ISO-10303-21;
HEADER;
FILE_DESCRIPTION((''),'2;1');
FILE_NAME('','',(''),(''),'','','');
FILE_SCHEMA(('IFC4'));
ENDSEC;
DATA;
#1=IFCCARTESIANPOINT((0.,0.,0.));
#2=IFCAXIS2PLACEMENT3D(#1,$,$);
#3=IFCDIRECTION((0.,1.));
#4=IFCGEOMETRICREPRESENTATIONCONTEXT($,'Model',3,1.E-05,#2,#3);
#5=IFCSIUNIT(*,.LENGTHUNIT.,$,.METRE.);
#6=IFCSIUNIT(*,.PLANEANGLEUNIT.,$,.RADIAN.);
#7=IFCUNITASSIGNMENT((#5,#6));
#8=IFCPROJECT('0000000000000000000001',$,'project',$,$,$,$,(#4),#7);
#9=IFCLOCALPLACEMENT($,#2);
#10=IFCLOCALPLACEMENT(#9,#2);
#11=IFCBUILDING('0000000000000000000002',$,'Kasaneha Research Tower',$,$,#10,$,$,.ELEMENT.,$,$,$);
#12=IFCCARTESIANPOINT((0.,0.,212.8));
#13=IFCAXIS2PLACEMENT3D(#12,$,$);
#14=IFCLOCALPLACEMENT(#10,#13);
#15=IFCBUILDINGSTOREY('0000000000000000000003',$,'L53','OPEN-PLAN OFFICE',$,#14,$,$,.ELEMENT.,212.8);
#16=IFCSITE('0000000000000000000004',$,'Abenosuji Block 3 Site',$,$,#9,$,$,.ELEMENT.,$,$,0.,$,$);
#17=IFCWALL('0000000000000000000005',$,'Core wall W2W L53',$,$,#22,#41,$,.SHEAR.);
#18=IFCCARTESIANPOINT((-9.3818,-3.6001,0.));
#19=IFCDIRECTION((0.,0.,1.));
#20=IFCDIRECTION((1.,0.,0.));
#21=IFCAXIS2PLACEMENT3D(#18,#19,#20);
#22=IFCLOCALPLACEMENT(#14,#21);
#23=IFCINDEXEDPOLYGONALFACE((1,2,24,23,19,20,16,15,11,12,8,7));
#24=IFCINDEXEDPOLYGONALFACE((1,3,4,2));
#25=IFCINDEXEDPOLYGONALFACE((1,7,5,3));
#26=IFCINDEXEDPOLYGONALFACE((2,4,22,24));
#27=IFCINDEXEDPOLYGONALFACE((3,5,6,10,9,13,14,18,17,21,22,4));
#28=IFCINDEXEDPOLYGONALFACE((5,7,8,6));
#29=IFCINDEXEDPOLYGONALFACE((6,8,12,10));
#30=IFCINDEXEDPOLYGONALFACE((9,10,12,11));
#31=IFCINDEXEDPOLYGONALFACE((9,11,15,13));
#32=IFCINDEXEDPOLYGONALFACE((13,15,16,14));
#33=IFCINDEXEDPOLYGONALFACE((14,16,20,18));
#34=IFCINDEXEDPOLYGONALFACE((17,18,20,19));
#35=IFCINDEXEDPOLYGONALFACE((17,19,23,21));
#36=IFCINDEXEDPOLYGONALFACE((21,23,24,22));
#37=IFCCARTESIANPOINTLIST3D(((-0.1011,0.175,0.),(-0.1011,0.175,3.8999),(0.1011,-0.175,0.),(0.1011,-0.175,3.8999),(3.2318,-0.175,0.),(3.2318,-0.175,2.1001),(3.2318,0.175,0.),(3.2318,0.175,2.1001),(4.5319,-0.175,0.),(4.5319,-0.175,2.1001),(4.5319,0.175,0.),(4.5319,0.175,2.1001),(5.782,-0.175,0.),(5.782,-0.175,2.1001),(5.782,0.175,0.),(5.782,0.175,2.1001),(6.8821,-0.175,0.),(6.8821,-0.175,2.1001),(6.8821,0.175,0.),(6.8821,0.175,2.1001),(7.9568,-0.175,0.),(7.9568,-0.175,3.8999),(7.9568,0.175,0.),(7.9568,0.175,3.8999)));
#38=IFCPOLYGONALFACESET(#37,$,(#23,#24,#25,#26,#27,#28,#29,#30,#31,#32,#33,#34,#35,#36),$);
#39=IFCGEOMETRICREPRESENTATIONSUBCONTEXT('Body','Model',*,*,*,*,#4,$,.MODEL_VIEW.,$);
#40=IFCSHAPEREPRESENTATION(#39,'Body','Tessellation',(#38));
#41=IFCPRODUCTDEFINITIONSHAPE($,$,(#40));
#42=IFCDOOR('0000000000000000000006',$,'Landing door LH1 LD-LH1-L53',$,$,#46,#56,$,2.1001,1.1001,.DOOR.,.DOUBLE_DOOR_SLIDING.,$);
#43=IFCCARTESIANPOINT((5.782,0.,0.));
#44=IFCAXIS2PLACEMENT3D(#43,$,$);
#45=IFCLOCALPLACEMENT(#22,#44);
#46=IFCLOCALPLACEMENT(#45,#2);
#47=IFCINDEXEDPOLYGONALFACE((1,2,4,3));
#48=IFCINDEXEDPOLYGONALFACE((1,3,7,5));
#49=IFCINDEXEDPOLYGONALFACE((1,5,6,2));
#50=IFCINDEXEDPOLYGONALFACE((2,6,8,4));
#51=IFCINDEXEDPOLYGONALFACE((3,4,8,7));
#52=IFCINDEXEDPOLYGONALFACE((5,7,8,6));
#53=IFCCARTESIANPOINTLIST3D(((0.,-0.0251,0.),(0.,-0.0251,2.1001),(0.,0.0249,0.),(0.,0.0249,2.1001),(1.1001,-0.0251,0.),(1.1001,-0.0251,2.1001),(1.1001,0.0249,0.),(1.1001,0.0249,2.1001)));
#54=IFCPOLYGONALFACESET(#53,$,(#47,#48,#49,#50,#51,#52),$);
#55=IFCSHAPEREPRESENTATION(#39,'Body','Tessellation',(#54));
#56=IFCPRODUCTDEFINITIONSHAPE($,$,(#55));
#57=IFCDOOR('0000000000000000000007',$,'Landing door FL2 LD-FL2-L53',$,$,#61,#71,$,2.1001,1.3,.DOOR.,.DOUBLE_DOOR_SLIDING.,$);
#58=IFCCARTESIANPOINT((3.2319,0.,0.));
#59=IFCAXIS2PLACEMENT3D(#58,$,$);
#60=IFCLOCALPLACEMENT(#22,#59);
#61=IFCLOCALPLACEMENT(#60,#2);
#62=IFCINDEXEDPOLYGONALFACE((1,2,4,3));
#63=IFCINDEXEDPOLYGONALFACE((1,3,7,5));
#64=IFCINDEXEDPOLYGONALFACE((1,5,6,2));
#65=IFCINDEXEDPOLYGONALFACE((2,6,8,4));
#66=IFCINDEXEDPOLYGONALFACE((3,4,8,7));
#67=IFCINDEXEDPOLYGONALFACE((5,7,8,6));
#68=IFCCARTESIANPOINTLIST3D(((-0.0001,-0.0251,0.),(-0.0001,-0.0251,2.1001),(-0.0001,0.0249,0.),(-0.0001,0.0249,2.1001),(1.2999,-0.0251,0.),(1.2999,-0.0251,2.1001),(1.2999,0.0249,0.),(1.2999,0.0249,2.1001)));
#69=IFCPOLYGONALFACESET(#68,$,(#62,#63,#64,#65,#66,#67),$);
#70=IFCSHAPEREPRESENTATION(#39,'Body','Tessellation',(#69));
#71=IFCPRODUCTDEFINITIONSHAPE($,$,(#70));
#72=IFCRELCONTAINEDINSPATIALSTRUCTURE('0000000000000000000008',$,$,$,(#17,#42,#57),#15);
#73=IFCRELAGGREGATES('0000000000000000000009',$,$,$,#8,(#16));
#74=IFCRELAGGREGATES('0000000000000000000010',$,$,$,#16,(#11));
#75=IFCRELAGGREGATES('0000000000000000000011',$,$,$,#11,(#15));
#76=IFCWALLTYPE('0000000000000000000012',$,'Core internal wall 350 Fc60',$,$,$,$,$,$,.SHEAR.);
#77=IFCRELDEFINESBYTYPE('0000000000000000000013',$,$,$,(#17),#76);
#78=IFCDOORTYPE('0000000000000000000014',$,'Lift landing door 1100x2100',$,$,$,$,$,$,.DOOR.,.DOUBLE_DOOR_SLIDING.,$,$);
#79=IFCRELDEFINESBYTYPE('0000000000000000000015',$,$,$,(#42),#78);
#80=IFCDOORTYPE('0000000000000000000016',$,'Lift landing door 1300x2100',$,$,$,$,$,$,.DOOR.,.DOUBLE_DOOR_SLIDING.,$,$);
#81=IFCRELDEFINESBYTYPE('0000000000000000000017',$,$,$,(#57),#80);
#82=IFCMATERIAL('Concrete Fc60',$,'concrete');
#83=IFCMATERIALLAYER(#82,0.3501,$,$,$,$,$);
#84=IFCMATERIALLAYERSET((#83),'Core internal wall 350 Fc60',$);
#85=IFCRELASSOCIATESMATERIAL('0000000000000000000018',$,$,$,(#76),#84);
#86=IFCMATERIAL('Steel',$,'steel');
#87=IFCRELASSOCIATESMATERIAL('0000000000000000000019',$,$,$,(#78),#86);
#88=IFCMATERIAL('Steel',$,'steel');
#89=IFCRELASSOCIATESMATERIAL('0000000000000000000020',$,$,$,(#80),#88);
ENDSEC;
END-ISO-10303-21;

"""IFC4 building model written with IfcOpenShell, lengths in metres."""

from ifc_helpers import new_model, si_unit, direction, frame, frame_2d, origin, place, context, subcontext, project, spatial, polyline, rectangle, outline, extrude, material, layer, layer_set, type_object, element, fill, save


model = new_model("IFC4")

# Units and contexts
model_context = context("Model", 3, precision=1e-05, world=origin(), true_north=direction((0.0, 1.0)))
body_context = subcontext(model_context, "Body", "Model", "MODEL_VIEW")
ifc_project = project(units=[si_unit("LENGTHUNIT", "METRE"), si_unit("PLANEANGLEUNIT", "RADIAN")], contexts=[model_context])

# Site, building, storey
site_placement = place(None, origin())
site = spatial("IfcSite", under=ifc_project, at=site_placement, Name="Abenosuji Block 3 Site", CompositionType="ELEMENT", RefElevation=0.0)
building_placement = place(site_placement, origin())
building = spatial("IfcBuilding", under=site, at=building_placement, Name="Kasaneha Research Tower", CompositionType="ELEMENT")
storey_placement = place(building_placement, frame((0.0, 0.0, 212.8)))
storey = spatial("IfcBuildingStorey", under=building, at=storey_placement, Name="L53", Description="OPEN-PLAN OFFICE", CompositionType="ELEMENT", Elevation=212.8)

# Wall, openings, doors
ifc_material_1 = material(Name="Concrete Fc60", Category="concrete")
ifc_layer_1 = layer(ifc_material_1, 0.3501)
ifc_layer_set_1 = layer_set([ifc_layer_1], Name="Core internal wall 350 Fc60")
wall_type_1 = type_object("IfcWallType", Name="Core internal wall 350 Fc60", PredefinedType="SHEAR", material=ifc_layer_set_1)
wall_1_placement = place(storey_placement, frame((-9.3818, -3.6001, 0.0), z_axis=(0.0, 0.0, 1.0), x_axis=(1.0, 0.0, 0.0)))
wall_1 = element("IfcWall", 1, at=wall_1_placement, inside=storey, type_object=wall_type_1, Name="Core wall W2W L53", PredefinedType="SHEAR", context=body_context, shape_type="SweptSolid", body=[
    extrude(outline(polyline([(0.1011, -0.175), (3.2319, -0.175), (4.532, -0.175), (5.782, -0.175), (6.8821, -0.175), (7.9568, -0.175), (7.9568, 0.175), (6.8821, 0.175), (5.782, 0.175), (4.532, 0.175), (3.2319, 0.175), (-0.1011, 0.175), (0.1011, -0.175)])), origin(), (0.0, 0.0, 1.0), 3.8999),
])
opening_1_placement = place(wall_1_placement, frame((5.782, 0.0, 0.0)))
opening_1 = element("IfcOpeningElement", 2, at=opening_1_placement, cuts=wall_1, PredefinedType="OPENING", context=body_context, shape_type="SweptSolid", body=[
    extrude(rectangle(XDim=1.1001, YDim=2.1001, at=frame_2d((0.55, 1.05))), frame((0.0, 0.1851, 0.0), z_axis=(0.0, -1.0, 0.0), x_axis=(1.0, 0.0, 0.0)), (0.0, 0.0, 1.0), 0.3701),
])
opening_2_placement = place(wall_1_placement, frame((3.2319, 0.0, 0.0)))
opening_2 = element("IfcOpeningElement", 3, at=opening_2_placement, cuts=wall_1, PredefinedType="OPENING", context=body_context, shape_type="SweptSolid", body=[
    extrude(rectangle(XDim=1.3, YDim=2.1001, at=frame_2d((0.6499, 1.05))), frame((0.0, 0.1851, 0.0), z_axis=(0.0, -1.0, 0.0), x_axis=(1.0, 0.0, 0.0)), (0.0, 0.0, 1.0), 0.3701),
])
ifc_material_2 = material(Name="Steel", Category="steel")
door_type_1 = type_object("IfcDoorType", Name="Lift landing door 1100x2100", OperationType="DOUBLE_DOOR_SLIDING", PredefinedType="DOOR", material=ifc_material_2)
door_1_placement = place(opening_1_placement, origin())
door_1 = element("IfcDoor", 4, at=door_1_placement, inside=storey, type_object=door_type_1, Name="Landing door LH1 LD-LH1-L53", OperationType="DOUBLE_DOOR_SLIDING", OverallHeight=2.1001, OverallWidth=1.1001, PredefinedType="DOOR", context=body_context, shape_type="SweptSolid", body=[
    extrude(rectangle(XDim=1.1001, YDim=2.1001, at=frame_2d((0.55, 1.05))), frame((0.0, 0.0249, 0.0), z_axis=(0.0, -1.0, 0.0), x_axis=(1.0, 0.0, 0.0)), (0.0, 0.0, 1.0), 0.05),
])
fill(opening_1, door_1)
ifc_material_3 = material(Name="Steel", Category="steel")
door_type_2 = type_object("IfcDoorType", Name="Lift landing door 1300x2100", OperationType="DOUBLE_DOOR_SLIDING", PredefinedType="DOOR", material=ifc_material_3)
door_2_placement = place(opening_2_placement, origin())
door_2 = element("IfcDoor", 5, at=door_2_placement, inside=storey, type_object=door_type_2, Name="Landing door FL2 LD-FL2-L53", OperationType="DOUBLE_DOOR_SLIDING", OverallHeight=2.1001, OverallWidth=1.3, PredefinedType="DOOR", context=body_context, shape_type="SweptSolid", body=[
    extrude(rectangle(XDim=1.3, YDim=2.1001, at=frame_2d((0.6499, 1.05))), frame((0.0, 0.0249, 0.0), z_axis=(0.0, -1.0, 0.0), x_axis=(1.0, 0.0, 0.0)), (0.0, 0.0, 1.0), 0.05),
])
fill(opening_2, door_2)

save(model, "model.ifc")
